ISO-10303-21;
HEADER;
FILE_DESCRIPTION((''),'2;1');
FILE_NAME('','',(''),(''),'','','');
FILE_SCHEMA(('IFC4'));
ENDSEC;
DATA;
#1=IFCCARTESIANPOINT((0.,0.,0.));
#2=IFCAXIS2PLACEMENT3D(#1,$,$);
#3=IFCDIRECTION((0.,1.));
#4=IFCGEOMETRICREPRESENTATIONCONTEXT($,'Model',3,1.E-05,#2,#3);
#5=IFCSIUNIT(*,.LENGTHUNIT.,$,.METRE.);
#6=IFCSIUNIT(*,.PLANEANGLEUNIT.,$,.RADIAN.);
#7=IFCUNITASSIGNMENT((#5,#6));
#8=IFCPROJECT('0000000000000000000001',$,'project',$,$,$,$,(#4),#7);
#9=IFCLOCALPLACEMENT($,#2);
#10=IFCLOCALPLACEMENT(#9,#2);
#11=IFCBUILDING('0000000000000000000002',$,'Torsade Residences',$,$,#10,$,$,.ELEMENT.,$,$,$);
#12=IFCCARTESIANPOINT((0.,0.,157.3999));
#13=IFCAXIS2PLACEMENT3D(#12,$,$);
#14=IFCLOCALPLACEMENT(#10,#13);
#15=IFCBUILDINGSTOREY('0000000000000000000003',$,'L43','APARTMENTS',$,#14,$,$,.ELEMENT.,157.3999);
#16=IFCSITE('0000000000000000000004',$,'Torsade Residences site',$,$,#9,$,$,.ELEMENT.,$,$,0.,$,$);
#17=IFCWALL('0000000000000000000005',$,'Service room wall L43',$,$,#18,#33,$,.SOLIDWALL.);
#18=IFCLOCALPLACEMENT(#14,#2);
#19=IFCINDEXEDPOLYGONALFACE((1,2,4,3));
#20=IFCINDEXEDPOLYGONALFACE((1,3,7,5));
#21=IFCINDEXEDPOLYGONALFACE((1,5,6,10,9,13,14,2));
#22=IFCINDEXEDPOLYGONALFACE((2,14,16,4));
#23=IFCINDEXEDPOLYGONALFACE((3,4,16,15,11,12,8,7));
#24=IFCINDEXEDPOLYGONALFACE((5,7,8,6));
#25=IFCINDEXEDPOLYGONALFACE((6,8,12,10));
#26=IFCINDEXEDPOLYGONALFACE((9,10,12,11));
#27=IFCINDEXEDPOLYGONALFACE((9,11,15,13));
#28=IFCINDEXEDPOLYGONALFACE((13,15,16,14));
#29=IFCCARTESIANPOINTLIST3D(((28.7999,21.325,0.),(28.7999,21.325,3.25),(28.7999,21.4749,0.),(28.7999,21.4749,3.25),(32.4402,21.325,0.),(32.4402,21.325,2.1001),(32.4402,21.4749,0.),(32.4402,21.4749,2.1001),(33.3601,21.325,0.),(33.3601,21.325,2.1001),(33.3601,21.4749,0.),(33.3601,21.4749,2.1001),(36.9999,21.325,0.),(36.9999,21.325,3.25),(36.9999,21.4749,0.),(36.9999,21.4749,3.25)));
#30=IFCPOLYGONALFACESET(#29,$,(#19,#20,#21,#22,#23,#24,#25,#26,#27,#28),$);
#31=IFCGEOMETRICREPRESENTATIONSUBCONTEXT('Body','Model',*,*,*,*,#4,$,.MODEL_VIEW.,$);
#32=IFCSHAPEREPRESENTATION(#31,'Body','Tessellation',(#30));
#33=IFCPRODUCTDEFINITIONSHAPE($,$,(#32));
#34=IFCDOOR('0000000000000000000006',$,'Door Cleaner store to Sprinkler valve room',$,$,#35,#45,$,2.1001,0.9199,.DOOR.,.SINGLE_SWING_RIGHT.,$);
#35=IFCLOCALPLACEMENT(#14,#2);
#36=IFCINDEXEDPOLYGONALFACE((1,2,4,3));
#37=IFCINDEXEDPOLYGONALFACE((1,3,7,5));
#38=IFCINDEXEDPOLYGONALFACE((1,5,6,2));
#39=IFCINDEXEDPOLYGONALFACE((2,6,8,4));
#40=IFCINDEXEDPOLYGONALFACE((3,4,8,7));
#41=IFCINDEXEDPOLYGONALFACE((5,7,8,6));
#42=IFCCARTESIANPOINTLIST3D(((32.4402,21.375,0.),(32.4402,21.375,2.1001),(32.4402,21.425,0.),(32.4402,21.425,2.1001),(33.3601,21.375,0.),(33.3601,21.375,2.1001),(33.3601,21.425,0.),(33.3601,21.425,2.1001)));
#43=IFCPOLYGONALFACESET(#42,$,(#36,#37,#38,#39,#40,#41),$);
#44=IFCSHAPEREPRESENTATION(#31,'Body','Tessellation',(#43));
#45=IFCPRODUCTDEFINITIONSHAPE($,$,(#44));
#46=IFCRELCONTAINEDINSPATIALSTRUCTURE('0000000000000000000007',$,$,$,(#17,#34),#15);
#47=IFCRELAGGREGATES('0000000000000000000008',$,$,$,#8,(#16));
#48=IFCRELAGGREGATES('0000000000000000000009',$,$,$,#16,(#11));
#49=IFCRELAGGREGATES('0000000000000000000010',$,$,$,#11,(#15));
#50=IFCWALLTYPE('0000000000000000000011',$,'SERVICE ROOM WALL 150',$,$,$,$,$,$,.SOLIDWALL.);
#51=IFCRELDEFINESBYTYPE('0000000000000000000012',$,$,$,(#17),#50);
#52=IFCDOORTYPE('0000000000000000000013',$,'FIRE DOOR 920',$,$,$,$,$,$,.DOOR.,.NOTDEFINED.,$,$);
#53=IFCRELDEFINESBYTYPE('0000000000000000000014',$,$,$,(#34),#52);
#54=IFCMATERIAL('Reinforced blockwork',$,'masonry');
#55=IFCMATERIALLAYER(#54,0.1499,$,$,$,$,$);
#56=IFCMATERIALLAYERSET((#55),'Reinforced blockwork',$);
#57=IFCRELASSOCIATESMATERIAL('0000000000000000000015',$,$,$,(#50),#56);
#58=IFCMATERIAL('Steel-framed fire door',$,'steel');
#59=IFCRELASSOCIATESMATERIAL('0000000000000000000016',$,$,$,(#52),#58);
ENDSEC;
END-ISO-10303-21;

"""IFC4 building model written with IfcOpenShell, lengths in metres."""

from ifc_helpers import new_model, si_unit, direction, frame, frame_2d, origin, place, context, subcontext, project, spatial, rectangle, extrude, material, layer, layer_set, type_object, element, fill, save


model = new_model("IFC4")

# Units and contexts
model_context = context("Model", 3, precision=1e-05, world=origin(), true_north=direction((0.0, 1.0)))
body_context = subcontext(model_context, "Body", "Model", "MODEL_VIEW")
ifc_project = project(units=[si_unit("LENGTHUNIT", "METRE"), si_unit("PLANEANGLEUNIT", "RADIAN")], contexts=[model_context])

# Site, building, storey
site_placement = place(None, origin())
site = spatial("IfcSite", under=ifc_project, at=site_placement, Name="Torsade Residences site", CompositionType="ELEMENT", RefElevation=0.0)
building_placement = place(site_placement, origin())
building = spatial("IfcBuilding", under=site, at=building_placement, Name="Torsade Residences", CompositionType="ELEMENT")
storey_placement = place(building_placement, frame((0.0, 0.0, 157.3999)))
storey = spatial("IfcBuildingStorey", under=building, at=storey_placement, Name="L43", Description="APARTMENTS", CompositionType="ELEMENT", Elevation=157.3999)

# Shared definitions
ifc_material_1 = material(Name="Reinforced blockwork", Category="masonry")
ifc_layer_1 = layer(ifc_material_1, 0.1499)
ifc_layer_set_1 = layer_set([ifc_layer_1], Name="Reinforced blockwork")
wall_type_1 = type_object("IfcWallType", Name="SERVICE ROOM WALL 150", PredefinedType="SOLIDWALL", material=ifc_layer_set_1)

# Wall, opening, door
wall_1_placement = place(storey_placement, frame((37.0, 21.3999, 0.0), z_axis=(0.0, 0.0, 1.0), x_axis=(-1.0, 0.0, 0.0)))
wall_1 = element("IfcWall", 1, at=wall_1_placement, inside=storey, type_object=wall_type_1, Name="Service room wall L43", PredefinedType="SOLIDWALL", context=body_context, shape_type="SweptSolid", body=[
    extrude(rectangle(XDim=8.2, YDim=0.1499, at=frame_2d((4.1001, 0.0))), origin(), (0.0, 0.0, 1.0), 3.25),
])
opening_1_placement = place(wall_1_placement, frame((3.6399, 0.0, 0.0)))
opening_1 = element("IfcOpeningElement", 2, at=opening_1_placement, cuts=wall_1, PredefinedType="OPENING", context=body_context, shape_type="SweptSolid", body=[
    extrude(rectangle(XDim=0.9199, YDim=2.1001, at=frame_2d((0.46, 1.05))), frame((0.0, 0.085, 0.0), z_axis=(0.0, -1.0, 0.0), x_axis=(1.0, 0.0, 0.0)), (0.0, 0.0, 1.0), 0.1699),
])
ifc_material_2 = material(Name="Steel-framed fire door", Category="steel")
door_type_1 = type_object("IfcDoorType", Name="FIRE DOOR 920", OperationType="NOTDEFINED", PredefinedType="DOOR", material=ifc_material_2)
door_1_placement = place(opening_1_placement, origin())
door_1 = element("IfcDoor", 3, at=door_1_placement, inside=storey, type_object=door_type_1, Name="Door Cleaner store to Sprinkler valve room", OperationType="SINGLE_SWING_RIGHT", OverallHeight=2.1001, OverallWidth=0.9199, PredefinedType="DOOR", context=body_context, shape_type="SweptSolid", body=[
    extrude(rectangle(XDim=0.9199, YDim=2.1001, at=frame_2d((0.46, 1.05))), frame((0.0, 0.0249, 0.0), z_axis=(0.0, -1.0, 0.0), x_axis=(1.0, 0.0, 0.0)), (0.0, 0.0, 1.0), 0.05),
])
fill(opening_1, door_1)

save(model, "model.ifc")
